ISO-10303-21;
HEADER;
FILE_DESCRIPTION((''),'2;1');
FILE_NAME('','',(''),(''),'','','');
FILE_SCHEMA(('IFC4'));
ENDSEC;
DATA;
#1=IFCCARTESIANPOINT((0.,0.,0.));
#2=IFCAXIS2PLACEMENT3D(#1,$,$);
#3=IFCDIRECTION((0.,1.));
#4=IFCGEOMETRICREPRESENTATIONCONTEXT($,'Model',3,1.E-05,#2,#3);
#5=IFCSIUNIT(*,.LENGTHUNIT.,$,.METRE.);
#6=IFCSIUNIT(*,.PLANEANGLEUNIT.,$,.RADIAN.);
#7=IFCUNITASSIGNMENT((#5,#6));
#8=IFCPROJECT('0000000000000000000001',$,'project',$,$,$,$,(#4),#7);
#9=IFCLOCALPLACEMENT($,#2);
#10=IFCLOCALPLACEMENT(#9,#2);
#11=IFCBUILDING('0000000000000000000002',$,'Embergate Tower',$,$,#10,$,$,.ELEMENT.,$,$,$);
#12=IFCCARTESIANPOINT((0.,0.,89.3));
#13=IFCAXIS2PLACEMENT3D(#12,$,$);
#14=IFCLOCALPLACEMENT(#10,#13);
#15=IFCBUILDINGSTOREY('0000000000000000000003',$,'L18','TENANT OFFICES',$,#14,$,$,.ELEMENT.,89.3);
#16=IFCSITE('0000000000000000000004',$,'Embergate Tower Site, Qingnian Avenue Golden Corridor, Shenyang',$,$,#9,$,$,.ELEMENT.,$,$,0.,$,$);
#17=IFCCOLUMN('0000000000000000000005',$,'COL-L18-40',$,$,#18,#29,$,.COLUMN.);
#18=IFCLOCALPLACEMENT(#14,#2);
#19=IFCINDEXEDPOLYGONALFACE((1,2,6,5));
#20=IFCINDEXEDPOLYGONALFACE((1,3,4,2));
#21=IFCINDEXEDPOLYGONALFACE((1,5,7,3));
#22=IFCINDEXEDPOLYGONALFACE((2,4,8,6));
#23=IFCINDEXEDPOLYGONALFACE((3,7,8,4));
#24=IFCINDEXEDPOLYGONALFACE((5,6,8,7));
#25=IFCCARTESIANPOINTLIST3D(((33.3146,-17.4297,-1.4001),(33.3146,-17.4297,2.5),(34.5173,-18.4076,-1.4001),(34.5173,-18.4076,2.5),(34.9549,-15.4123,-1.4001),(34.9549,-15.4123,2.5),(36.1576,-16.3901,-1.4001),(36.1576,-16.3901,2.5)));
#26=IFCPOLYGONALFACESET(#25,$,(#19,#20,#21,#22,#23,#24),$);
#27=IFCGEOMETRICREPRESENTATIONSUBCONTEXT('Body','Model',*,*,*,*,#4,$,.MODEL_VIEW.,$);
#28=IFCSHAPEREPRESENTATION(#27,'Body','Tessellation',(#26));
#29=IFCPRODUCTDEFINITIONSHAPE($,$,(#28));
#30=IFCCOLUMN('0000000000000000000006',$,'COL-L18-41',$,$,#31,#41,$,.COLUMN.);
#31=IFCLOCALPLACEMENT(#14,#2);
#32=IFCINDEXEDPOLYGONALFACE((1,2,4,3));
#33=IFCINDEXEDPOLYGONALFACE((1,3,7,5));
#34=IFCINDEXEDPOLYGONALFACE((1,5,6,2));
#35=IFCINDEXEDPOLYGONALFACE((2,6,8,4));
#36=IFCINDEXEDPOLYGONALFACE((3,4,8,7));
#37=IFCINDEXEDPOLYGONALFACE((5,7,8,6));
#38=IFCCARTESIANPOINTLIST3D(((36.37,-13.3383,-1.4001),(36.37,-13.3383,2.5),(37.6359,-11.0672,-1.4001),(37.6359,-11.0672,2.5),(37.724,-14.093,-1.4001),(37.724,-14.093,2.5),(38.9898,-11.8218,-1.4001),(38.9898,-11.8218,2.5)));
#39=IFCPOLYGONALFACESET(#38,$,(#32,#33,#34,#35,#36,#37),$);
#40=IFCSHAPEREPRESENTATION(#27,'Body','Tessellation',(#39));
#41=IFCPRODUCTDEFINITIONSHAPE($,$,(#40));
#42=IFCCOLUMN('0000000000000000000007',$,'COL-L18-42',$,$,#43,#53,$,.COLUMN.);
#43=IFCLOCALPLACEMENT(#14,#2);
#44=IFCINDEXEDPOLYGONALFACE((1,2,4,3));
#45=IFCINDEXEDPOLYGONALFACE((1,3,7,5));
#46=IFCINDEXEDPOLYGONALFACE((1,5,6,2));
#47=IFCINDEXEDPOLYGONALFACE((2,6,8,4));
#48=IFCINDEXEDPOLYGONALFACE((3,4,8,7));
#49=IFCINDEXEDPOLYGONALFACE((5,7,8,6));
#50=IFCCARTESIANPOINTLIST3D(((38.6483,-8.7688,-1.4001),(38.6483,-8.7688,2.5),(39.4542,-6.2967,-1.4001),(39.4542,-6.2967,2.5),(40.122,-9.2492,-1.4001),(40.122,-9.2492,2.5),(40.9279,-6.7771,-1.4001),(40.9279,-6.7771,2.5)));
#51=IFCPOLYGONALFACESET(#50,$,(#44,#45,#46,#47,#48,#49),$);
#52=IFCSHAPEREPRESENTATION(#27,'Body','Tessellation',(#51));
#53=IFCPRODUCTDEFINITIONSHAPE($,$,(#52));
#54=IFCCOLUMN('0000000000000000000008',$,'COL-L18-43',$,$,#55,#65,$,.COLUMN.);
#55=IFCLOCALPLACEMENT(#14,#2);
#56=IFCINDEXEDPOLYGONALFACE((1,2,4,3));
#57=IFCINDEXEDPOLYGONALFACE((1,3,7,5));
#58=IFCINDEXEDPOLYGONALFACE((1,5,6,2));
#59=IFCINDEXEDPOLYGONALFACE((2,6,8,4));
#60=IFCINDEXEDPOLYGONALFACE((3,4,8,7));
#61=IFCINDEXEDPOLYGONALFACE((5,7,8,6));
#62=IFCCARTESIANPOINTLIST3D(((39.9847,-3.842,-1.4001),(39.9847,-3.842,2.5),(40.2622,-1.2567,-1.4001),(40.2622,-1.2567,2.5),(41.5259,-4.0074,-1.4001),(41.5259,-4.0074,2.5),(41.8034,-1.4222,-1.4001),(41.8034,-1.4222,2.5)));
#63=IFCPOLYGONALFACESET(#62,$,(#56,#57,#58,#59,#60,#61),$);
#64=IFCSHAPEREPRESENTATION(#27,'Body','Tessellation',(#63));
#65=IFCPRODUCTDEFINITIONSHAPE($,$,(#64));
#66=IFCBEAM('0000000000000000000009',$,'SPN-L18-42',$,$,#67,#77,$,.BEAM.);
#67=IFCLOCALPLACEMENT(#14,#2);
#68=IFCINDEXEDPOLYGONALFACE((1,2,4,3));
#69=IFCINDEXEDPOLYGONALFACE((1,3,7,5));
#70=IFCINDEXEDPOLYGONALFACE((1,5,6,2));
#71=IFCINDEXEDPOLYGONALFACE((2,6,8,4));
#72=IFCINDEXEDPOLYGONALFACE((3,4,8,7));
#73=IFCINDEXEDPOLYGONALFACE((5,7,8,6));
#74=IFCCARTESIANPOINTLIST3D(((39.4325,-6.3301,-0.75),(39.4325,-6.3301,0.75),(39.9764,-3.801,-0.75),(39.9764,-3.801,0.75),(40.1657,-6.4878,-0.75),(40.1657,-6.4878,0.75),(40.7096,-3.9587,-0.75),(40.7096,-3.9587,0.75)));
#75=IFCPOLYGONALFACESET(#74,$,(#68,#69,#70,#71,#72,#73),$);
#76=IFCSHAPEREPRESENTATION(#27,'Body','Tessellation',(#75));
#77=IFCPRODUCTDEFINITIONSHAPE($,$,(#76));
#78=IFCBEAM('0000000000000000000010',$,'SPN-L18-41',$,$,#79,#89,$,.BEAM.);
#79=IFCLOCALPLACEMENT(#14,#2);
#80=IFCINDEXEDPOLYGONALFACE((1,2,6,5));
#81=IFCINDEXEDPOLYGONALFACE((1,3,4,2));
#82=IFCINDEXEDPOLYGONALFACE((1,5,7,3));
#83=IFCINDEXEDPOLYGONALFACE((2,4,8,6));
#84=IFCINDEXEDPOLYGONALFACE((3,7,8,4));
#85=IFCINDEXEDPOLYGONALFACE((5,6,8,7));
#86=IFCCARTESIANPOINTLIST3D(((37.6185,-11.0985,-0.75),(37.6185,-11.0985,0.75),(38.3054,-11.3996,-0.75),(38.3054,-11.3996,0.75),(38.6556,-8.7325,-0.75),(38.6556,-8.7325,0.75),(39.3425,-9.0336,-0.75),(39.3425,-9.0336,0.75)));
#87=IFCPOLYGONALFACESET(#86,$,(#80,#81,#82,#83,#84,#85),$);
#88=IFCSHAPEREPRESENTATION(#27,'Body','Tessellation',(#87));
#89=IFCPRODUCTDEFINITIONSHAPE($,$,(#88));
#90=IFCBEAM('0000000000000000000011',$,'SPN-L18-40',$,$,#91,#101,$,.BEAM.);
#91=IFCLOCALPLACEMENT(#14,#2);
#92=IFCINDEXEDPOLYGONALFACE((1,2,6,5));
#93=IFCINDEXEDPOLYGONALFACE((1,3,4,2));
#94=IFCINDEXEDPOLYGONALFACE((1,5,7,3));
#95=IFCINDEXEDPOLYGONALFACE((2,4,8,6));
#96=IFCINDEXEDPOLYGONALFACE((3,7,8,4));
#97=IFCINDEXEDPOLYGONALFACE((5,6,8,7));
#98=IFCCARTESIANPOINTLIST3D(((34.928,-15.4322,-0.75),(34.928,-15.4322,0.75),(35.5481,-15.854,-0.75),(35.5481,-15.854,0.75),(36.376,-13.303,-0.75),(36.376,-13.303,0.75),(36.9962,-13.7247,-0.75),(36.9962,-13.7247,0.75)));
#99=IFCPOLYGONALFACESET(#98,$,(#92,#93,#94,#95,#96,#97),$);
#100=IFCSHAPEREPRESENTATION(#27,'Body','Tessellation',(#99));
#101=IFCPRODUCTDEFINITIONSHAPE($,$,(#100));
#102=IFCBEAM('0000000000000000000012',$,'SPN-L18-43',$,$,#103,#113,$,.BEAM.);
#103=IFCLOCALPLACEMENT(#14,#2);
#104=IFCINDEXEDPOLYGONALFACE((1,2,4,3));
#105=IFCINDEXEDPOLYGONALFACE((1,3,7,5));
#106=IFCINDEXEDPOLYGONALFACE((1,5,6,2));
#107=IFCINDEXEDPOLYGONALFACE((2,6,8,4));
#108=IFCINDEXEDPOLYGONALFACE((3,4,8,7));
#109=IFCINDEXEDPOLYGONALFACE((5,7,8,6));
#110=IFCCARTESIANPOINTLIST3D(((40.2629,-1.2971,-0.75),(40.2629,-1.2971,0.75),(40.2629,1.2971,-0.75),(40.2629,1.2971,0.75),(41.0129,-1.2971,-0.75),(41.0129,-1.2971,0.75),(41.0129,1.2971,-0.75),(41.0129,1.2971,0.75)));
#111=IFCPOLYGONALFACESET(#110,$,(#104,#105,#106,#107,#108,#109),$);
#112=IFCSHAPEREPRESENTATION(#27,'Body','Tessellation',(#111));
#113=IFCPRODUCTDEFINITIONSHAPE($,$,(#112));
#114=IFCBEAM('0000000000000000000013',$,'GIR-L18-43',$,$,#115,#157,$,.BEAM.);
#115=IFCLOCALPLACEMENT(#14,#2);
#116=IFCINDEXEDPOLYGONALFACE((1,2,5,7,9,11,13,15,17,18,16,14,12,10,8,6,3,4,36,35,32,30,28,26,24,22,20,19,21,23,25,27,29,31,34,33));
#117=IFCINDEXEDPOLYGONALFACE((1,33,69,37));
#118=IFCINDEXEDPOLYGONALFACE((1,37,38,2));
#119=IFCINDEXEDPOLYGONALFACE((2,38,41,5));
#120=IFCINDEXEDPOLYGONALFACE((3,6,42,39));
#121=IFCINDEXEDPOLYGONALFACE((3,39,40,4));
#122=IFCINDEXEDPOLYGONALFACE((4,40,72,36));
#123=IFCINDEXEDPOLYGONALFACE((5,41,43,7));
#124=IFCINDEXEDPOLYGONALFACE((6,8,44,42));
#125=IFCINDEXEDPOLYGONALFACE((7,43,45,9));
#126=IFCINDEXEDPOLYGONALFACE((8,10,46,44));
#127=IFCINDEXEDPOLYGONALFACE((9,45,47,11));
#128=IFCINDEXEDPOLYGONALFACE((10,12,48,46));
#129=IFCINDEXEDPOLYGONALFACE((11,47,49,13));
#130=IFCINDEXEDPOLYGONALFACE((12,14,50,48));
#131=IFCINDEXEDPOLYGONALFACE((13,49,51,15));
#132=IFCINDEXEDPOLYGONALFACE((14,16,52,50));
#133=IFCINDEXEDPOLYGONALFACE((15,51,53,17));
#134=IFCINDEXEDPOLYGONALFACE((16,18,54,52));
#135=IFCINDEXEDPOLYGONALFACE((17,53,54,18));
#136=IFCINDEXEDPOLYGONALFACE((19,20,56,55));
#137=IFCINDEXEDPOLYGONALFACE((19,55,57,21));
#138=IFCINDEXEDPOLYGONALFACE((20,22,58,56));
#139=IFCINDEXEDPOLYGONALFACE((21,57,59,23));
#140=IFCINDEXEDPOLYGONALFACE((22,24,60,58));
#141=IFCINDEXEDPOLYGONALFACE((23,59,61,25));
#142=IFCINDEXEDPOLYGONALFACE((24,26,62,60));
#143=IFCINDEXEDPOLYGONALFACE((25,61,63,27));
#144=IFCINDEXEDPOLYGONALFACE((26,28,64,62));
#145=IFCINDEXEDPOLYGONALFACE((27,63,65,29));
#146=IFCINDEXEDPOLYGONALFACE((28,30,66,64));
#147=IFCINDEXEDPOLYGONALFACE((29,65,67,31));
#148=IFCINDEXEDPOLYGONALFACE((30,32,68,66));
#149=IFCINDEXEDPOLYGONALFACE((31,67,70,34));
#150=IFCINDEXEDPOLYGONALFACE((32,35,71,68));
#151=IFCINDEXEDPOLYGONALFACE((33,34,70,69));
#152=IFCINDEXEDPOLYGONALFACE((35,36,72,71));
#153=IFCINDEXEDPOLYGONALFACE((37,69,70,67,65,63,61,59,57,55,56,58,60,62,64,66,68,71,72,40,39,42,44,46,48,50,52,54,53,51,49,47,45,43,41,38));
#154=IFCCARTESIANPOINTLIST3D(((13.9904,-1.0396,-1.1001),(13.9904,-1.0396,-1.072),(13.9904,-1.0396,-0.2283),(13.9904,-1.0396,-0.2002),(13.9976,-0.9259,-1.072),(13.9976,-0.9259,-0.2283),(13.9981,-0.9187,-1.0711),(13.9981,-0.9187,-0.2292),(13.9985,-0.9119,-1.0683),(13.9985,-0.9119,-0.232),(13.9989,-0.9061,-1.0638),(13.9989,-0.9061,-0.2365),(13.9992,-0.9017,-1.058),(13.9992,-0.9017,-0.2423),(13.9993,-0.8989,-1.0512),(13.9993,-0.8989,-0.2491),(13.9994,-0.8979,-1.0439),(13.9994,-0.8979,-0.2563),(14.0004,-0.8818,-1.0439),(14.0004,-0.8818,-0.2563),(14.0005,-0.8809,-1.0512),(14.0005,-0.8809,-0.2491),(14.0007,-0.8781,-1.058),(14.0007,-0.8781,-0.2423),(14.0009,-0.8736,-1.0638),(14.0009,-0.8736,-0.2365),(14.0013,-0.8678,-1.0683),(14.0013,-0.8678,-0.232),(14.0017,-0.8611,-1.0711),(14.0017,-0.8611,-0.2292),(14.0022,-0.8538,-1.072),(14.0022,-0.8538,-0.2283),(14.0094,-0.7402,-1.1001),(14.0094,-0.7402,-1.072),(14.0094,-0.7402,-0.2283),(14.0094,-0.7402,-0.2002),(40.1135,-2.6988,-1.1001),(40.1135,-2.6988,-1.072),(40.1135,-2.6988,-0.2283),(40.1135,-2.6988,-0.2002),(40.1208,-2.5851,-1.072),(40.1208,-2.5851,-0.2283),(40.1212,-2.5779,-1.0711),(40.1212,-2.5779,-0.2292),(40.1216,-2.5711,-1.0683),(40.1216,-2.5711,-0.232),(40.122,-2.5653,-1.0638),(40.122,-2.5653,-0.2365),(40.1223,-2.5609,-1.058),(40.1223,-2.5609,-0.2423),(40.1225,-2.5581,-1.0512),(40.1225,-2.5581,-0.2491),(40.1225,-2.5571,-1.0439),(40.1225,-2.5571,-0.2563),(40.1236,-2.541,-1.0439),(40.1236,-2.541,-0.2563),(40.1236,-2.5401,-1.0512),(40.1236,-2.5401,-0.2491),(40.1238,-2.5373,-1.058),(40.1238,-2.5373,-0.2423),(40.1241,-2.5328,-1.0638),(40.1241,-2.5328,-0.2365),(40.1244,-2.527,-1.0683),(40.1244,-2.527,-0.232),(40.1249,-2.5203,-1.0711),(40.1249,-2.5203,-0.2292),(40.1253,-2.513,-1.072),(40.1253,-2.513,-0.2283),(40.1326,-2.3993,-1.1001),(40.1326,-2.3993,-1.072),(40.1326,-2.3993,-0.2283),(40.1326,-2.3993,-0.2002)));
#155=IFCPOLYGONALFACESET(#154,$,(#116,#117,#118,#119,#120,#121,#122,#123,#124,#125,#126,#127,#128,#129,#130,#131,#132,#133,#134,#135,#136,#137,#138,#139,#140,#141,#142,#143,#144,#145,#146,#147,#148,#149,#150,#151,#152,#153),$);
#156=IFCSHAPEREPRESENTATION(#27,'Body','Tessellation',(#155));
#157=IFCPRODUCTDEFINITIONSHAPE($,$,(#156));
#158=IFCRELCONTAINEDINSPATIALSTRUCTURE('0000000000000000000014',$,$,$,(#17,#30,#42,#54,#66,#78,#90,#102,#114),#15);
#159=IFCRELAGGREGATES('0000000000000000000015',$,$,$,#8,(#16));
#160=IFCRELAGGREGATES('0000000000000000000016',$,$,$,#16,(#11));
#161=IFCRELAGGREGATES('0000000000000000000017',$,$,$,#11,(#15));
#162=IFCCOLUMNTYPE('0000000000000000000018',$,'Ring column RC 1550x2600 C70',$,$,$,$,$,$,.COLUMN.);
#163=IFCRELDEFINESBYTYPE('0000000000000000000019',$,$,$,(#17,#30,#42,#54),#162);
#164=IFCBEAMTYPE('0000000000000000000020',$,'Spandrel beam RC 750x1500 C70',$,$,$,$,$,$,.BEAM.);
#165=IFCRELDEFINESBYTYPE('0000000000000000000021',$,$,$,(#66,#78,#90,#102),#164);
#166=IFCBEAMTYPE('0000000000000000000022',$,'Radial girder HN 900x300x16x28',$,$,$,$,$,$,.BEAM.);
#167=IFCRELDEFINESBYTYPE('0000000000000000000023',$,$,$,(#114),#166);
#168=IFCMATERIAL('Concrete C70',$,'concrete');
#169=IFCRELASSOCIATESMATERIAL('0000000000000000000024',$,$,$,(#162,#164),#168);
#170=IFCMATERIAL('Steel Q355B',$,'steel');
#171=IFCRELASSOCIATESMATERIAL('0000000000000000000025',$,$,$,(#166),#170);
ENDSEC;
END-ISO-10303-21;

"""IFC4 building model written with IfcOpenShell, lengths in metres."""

from ifc_helpers import new_model, si_unit, direction, frame, origin, origin_2d, place, context, subcontext, project, spatial, rectangle, i_section, extrude, source, transform, mapped, material, material_profile, profile_set, type_object, element, save


model = new_model("IFC4")

# Units and contexts
model_context = context("Model", 3, precision=1e-05, world=origin(), true_north=direction((0.0, 1.0)))
body_context = subcontext(model_context, "Body", "Model", "MODEL_VIEW")
ifc_project = project(units=[si_unit("LENGTHUNIT", "METRE"), si_unit("PLANEANGLEUNIT", "RADIAN")], contexts=[model_context])

# Site, building, storey
site_placement = place(None, origin())
site = spatial("IfcSite", under=ifc_project, at=site_placement, Name="Embergate Tower Site, Qingnian Avenue Golden Corridor, Shenyang", CompositionType="ELEMENT", RefElevation=0.0)
building_placement = place(site_placement, origin())
building = spatial("IfcBuilding", under=site, at=building_placement, Name="Embergate Tower", CompositionType="ELEMENT")
storey_placement = place(building_placement, frame((0.0, 0.0, 89.3)))
storey = spatial("IfcBuildingStorey", under=building, at=storey_placement, Name="L18", Description="TENANT OFFICES", CompositionType="ELEMENT", Elevation=89.3)

# Columns
ifc_material_1 = material(Name="Concrete C70", Category="concrete")
ifc_material_profile_1 = material_profile(ifc_material_1, rectangle(XDim=1.55, YDim=2.6001, at=origin_2d()), Name="RC 1550x2600")
ifc_profile_set_1 = profile_set([ifc_material_profile_1], Name="Concrete C70")
column_type = type_object("IfcColumnType", Name="Ring column RC 1550x2600 C70", PredefinedType="COLUMN", material=ifc_profile_set_1)
shared_shape_1 = source(origin(), body_context, "Body", "SweptSolid", [
    extrude(rectangle(XDim=1.55, YDim=2.6001, at=origin_2d()), origin(), (0.0, 0.0, 1.0), 3.9001),
])
for number, where, z_axis, x_axis, name in (
    (1, (34.7361, -16.9099, -1.4001), (0.0, 0.0, 1.0), (0.775914, -0.630838, 0.0), "COL-L18-40"),
    (2, (37.6799, -12.5801, -1.4001), (0.0, 0.0, 1.0), (0.873492, -0.486839, 0.0), "COL-L18-41"),
    (3, (39.7881, -7.7729, -1.4001), (0.0, 0.0, 1.0), (0.950754, -0.309946, 0.0), "COL-L18-42"),
    (4, (40.894, -2.6321, -1.4001), (0.0, 0.0, 1.0), (0.994286, -0.10675, 0.0), "COL-L18-43"),
):
    element("IfcColumn", number, at=place(storey_placement, frame(where, z_axis=z_axis, x_axis=x_axis)), inside=storey, type_object=column_type, Name=name, PredefinedType="COLUMN", context=body_context, shape_type="MappedRepresentation", body=[
        mapped(shared_shape_1, transform((0.0, 0.0, 0.0))),
    ])

# Beams
ifc_material_profile_2 = material_profile(ifc_material_1, rectangle(XDim=0.75, YDim=1.5, at=origin_2d()), Name="RC 750x1500")
ifc_profile_set_2 = profile_set([ifc_material_profile_2], Name="Concrete C70")
beam_type_1 = type_object("IfcBeamType", Name="Spandrel beam RC 750x1500 C70", PredefinedType="BEAM", material=ifc_profile_set_2)
shared_shape_2 = source(origin(), body_context, "Body", "SweptSolid", [
    extrude(rectangle(XDim=0.75, YDim=1.5, at=origin_2d()), origin(), (0.0, 0.0, 1.0), 2.5869),
])
beam_1_placement = place(storey_placement, frame((39.7991, -6.4089, 0.0), z_axis=(0.21027, 0.977643, 0.0), x_axis=(-0.977643, 0.21027, 0.0)))
element("IfcBeam", 5, at=beam_1_placement, inside=storey, type_object=beam_type_1, Name="SPN-L18-42", PredefinedType="BEAM", context=body_context, shape_type="MappedRepresentation", body=[
    mapped(shared_shape_2, transform((0.0, 0.0, 0.0))),
])
shared_shape_3 = source(origin(), body_context, "Body", "SweptSolid", [
    extrude(rectangle(XDim=0.75, YDim=1.5, at=origin_2d()), origin(), (0.0, 0.0, 1.0), 2.5833),
])
beam_2_placement = place(storey_placement, frame((37.9619, -11.249, 0.0), z_axis=(0.401468, 0.915873, 0.0), x_axis=(-0.915873, 0.401468, 0.0)))
element("IfcBeam", 6, at=beam_2_placement, inside=storey, type_object=beam_type_1, Name="SPN-L18-41", PredefinedType="BEAM", context=body_context, shape_type="MappedRepresentation", body=[
    mapped(shared_shape_3, transform((0.0, 0.0, 0.0))),
])
shared_shape_4 = source(origin(), body_context, "Body", "SweptSolid", [
    extrude(rectangle(XDim=0.75, YDim=1.5, at=origin_2d()), origin(), (0.0, 0.0, 1.0), 2.575),
])
beam_3_placement = place(storey_placement, frame((35.238, -15.6431, 0.0), z_axis=(0.562357, 0.826895, 0.0), x_axis=(-0.826895, 0.562357, 0.0)))
element("IfcBeam", 7, at=beam_3_placement, inside=storey, type_object=beam_type_1, Name="SPN-L18-40", PredefinedType="BEAM", context=body_context, shape_type="MappedRepresentation", body=[
    mapped(shared_shape_4, transform((0.0, 0.0, 0.0))),
])
shared_shape_5 = source(origin(), body_context, "Body", "SweptSolid", [
    extrude(rectangle(XDim=0.75, YDim=1.5, at=origin_2d()), origin(), (0.0, 0.0, 1.0), 2.5942),
])
beam_4_placement = place(storey_placement, frame((40.6379, -1.2971, 0.0), z_axis=(0.0, 1.0, 0.0), x_axis=(-1.0, 0.0, 0.0)))
element("IfcBeam", 8, at=beam_4_placement, inside=storey, type_object=beam_type_1, Name="SPN-L18-43", PredefinedType="BEAM", context=body_context, shape_type="MappedRepresentation", body=[
    mapped(shared_shape_5, transform((0.0, 0.0, 0.0))),
])
ifc_material_2 = material(Name="Steel Q355B", Category="steel")
ifc_material_profile_3 = material_profile(ifc_material_2, i_section(OverallWidth=0.3, OverallDepth=0.8999, WebThickness=0.0161, FlangeThickness=0.0281, FilletRadius=0.0281, at=origin_2d()), Name="HN 900x300x16x28")
ifc_profile_set_3 = profile_set([ifc_material_profile_3], Name="Steel Q355 grade B")
beam_type_2 = type_object("IfcBeamType", Name="Radial girder HN 900x300x16x28", PredefinedType="BEAM", material=ifc_profile_set_3)
shared_shape_6 = source(origin(), body_context, "Body", "SweptSolid", [
    extrude(i_section(OverallWidth=0.3, OverallDepth=0.8999, WebThickness=0.0161, FlangeThickness=0.0281, FilletRadius=0.0281, at=origin_2d()), origin(), (0.0, 0.0, 1.0), 26.1758),
])
beam_5_placement = place(storey_placement, frame((40.123, -2.5491, -0.6501), z_axis=(-0.997989, 0.063386, 0.0), x_axis=(-0.063386, -0.997989, 0.0)))
element("IfcBeam", 9, at=beam_5_placement, inside=storey, type_object=beam_type_2, Name="GIR-L18-43", PredefinedType="BEAM", context=body_context, shape_type="MappedRepresentation", body=[
    mapped(shared_shape_6, transform((0.0, 0.0, 0.0))),
])

save(model, "model.ifc")
